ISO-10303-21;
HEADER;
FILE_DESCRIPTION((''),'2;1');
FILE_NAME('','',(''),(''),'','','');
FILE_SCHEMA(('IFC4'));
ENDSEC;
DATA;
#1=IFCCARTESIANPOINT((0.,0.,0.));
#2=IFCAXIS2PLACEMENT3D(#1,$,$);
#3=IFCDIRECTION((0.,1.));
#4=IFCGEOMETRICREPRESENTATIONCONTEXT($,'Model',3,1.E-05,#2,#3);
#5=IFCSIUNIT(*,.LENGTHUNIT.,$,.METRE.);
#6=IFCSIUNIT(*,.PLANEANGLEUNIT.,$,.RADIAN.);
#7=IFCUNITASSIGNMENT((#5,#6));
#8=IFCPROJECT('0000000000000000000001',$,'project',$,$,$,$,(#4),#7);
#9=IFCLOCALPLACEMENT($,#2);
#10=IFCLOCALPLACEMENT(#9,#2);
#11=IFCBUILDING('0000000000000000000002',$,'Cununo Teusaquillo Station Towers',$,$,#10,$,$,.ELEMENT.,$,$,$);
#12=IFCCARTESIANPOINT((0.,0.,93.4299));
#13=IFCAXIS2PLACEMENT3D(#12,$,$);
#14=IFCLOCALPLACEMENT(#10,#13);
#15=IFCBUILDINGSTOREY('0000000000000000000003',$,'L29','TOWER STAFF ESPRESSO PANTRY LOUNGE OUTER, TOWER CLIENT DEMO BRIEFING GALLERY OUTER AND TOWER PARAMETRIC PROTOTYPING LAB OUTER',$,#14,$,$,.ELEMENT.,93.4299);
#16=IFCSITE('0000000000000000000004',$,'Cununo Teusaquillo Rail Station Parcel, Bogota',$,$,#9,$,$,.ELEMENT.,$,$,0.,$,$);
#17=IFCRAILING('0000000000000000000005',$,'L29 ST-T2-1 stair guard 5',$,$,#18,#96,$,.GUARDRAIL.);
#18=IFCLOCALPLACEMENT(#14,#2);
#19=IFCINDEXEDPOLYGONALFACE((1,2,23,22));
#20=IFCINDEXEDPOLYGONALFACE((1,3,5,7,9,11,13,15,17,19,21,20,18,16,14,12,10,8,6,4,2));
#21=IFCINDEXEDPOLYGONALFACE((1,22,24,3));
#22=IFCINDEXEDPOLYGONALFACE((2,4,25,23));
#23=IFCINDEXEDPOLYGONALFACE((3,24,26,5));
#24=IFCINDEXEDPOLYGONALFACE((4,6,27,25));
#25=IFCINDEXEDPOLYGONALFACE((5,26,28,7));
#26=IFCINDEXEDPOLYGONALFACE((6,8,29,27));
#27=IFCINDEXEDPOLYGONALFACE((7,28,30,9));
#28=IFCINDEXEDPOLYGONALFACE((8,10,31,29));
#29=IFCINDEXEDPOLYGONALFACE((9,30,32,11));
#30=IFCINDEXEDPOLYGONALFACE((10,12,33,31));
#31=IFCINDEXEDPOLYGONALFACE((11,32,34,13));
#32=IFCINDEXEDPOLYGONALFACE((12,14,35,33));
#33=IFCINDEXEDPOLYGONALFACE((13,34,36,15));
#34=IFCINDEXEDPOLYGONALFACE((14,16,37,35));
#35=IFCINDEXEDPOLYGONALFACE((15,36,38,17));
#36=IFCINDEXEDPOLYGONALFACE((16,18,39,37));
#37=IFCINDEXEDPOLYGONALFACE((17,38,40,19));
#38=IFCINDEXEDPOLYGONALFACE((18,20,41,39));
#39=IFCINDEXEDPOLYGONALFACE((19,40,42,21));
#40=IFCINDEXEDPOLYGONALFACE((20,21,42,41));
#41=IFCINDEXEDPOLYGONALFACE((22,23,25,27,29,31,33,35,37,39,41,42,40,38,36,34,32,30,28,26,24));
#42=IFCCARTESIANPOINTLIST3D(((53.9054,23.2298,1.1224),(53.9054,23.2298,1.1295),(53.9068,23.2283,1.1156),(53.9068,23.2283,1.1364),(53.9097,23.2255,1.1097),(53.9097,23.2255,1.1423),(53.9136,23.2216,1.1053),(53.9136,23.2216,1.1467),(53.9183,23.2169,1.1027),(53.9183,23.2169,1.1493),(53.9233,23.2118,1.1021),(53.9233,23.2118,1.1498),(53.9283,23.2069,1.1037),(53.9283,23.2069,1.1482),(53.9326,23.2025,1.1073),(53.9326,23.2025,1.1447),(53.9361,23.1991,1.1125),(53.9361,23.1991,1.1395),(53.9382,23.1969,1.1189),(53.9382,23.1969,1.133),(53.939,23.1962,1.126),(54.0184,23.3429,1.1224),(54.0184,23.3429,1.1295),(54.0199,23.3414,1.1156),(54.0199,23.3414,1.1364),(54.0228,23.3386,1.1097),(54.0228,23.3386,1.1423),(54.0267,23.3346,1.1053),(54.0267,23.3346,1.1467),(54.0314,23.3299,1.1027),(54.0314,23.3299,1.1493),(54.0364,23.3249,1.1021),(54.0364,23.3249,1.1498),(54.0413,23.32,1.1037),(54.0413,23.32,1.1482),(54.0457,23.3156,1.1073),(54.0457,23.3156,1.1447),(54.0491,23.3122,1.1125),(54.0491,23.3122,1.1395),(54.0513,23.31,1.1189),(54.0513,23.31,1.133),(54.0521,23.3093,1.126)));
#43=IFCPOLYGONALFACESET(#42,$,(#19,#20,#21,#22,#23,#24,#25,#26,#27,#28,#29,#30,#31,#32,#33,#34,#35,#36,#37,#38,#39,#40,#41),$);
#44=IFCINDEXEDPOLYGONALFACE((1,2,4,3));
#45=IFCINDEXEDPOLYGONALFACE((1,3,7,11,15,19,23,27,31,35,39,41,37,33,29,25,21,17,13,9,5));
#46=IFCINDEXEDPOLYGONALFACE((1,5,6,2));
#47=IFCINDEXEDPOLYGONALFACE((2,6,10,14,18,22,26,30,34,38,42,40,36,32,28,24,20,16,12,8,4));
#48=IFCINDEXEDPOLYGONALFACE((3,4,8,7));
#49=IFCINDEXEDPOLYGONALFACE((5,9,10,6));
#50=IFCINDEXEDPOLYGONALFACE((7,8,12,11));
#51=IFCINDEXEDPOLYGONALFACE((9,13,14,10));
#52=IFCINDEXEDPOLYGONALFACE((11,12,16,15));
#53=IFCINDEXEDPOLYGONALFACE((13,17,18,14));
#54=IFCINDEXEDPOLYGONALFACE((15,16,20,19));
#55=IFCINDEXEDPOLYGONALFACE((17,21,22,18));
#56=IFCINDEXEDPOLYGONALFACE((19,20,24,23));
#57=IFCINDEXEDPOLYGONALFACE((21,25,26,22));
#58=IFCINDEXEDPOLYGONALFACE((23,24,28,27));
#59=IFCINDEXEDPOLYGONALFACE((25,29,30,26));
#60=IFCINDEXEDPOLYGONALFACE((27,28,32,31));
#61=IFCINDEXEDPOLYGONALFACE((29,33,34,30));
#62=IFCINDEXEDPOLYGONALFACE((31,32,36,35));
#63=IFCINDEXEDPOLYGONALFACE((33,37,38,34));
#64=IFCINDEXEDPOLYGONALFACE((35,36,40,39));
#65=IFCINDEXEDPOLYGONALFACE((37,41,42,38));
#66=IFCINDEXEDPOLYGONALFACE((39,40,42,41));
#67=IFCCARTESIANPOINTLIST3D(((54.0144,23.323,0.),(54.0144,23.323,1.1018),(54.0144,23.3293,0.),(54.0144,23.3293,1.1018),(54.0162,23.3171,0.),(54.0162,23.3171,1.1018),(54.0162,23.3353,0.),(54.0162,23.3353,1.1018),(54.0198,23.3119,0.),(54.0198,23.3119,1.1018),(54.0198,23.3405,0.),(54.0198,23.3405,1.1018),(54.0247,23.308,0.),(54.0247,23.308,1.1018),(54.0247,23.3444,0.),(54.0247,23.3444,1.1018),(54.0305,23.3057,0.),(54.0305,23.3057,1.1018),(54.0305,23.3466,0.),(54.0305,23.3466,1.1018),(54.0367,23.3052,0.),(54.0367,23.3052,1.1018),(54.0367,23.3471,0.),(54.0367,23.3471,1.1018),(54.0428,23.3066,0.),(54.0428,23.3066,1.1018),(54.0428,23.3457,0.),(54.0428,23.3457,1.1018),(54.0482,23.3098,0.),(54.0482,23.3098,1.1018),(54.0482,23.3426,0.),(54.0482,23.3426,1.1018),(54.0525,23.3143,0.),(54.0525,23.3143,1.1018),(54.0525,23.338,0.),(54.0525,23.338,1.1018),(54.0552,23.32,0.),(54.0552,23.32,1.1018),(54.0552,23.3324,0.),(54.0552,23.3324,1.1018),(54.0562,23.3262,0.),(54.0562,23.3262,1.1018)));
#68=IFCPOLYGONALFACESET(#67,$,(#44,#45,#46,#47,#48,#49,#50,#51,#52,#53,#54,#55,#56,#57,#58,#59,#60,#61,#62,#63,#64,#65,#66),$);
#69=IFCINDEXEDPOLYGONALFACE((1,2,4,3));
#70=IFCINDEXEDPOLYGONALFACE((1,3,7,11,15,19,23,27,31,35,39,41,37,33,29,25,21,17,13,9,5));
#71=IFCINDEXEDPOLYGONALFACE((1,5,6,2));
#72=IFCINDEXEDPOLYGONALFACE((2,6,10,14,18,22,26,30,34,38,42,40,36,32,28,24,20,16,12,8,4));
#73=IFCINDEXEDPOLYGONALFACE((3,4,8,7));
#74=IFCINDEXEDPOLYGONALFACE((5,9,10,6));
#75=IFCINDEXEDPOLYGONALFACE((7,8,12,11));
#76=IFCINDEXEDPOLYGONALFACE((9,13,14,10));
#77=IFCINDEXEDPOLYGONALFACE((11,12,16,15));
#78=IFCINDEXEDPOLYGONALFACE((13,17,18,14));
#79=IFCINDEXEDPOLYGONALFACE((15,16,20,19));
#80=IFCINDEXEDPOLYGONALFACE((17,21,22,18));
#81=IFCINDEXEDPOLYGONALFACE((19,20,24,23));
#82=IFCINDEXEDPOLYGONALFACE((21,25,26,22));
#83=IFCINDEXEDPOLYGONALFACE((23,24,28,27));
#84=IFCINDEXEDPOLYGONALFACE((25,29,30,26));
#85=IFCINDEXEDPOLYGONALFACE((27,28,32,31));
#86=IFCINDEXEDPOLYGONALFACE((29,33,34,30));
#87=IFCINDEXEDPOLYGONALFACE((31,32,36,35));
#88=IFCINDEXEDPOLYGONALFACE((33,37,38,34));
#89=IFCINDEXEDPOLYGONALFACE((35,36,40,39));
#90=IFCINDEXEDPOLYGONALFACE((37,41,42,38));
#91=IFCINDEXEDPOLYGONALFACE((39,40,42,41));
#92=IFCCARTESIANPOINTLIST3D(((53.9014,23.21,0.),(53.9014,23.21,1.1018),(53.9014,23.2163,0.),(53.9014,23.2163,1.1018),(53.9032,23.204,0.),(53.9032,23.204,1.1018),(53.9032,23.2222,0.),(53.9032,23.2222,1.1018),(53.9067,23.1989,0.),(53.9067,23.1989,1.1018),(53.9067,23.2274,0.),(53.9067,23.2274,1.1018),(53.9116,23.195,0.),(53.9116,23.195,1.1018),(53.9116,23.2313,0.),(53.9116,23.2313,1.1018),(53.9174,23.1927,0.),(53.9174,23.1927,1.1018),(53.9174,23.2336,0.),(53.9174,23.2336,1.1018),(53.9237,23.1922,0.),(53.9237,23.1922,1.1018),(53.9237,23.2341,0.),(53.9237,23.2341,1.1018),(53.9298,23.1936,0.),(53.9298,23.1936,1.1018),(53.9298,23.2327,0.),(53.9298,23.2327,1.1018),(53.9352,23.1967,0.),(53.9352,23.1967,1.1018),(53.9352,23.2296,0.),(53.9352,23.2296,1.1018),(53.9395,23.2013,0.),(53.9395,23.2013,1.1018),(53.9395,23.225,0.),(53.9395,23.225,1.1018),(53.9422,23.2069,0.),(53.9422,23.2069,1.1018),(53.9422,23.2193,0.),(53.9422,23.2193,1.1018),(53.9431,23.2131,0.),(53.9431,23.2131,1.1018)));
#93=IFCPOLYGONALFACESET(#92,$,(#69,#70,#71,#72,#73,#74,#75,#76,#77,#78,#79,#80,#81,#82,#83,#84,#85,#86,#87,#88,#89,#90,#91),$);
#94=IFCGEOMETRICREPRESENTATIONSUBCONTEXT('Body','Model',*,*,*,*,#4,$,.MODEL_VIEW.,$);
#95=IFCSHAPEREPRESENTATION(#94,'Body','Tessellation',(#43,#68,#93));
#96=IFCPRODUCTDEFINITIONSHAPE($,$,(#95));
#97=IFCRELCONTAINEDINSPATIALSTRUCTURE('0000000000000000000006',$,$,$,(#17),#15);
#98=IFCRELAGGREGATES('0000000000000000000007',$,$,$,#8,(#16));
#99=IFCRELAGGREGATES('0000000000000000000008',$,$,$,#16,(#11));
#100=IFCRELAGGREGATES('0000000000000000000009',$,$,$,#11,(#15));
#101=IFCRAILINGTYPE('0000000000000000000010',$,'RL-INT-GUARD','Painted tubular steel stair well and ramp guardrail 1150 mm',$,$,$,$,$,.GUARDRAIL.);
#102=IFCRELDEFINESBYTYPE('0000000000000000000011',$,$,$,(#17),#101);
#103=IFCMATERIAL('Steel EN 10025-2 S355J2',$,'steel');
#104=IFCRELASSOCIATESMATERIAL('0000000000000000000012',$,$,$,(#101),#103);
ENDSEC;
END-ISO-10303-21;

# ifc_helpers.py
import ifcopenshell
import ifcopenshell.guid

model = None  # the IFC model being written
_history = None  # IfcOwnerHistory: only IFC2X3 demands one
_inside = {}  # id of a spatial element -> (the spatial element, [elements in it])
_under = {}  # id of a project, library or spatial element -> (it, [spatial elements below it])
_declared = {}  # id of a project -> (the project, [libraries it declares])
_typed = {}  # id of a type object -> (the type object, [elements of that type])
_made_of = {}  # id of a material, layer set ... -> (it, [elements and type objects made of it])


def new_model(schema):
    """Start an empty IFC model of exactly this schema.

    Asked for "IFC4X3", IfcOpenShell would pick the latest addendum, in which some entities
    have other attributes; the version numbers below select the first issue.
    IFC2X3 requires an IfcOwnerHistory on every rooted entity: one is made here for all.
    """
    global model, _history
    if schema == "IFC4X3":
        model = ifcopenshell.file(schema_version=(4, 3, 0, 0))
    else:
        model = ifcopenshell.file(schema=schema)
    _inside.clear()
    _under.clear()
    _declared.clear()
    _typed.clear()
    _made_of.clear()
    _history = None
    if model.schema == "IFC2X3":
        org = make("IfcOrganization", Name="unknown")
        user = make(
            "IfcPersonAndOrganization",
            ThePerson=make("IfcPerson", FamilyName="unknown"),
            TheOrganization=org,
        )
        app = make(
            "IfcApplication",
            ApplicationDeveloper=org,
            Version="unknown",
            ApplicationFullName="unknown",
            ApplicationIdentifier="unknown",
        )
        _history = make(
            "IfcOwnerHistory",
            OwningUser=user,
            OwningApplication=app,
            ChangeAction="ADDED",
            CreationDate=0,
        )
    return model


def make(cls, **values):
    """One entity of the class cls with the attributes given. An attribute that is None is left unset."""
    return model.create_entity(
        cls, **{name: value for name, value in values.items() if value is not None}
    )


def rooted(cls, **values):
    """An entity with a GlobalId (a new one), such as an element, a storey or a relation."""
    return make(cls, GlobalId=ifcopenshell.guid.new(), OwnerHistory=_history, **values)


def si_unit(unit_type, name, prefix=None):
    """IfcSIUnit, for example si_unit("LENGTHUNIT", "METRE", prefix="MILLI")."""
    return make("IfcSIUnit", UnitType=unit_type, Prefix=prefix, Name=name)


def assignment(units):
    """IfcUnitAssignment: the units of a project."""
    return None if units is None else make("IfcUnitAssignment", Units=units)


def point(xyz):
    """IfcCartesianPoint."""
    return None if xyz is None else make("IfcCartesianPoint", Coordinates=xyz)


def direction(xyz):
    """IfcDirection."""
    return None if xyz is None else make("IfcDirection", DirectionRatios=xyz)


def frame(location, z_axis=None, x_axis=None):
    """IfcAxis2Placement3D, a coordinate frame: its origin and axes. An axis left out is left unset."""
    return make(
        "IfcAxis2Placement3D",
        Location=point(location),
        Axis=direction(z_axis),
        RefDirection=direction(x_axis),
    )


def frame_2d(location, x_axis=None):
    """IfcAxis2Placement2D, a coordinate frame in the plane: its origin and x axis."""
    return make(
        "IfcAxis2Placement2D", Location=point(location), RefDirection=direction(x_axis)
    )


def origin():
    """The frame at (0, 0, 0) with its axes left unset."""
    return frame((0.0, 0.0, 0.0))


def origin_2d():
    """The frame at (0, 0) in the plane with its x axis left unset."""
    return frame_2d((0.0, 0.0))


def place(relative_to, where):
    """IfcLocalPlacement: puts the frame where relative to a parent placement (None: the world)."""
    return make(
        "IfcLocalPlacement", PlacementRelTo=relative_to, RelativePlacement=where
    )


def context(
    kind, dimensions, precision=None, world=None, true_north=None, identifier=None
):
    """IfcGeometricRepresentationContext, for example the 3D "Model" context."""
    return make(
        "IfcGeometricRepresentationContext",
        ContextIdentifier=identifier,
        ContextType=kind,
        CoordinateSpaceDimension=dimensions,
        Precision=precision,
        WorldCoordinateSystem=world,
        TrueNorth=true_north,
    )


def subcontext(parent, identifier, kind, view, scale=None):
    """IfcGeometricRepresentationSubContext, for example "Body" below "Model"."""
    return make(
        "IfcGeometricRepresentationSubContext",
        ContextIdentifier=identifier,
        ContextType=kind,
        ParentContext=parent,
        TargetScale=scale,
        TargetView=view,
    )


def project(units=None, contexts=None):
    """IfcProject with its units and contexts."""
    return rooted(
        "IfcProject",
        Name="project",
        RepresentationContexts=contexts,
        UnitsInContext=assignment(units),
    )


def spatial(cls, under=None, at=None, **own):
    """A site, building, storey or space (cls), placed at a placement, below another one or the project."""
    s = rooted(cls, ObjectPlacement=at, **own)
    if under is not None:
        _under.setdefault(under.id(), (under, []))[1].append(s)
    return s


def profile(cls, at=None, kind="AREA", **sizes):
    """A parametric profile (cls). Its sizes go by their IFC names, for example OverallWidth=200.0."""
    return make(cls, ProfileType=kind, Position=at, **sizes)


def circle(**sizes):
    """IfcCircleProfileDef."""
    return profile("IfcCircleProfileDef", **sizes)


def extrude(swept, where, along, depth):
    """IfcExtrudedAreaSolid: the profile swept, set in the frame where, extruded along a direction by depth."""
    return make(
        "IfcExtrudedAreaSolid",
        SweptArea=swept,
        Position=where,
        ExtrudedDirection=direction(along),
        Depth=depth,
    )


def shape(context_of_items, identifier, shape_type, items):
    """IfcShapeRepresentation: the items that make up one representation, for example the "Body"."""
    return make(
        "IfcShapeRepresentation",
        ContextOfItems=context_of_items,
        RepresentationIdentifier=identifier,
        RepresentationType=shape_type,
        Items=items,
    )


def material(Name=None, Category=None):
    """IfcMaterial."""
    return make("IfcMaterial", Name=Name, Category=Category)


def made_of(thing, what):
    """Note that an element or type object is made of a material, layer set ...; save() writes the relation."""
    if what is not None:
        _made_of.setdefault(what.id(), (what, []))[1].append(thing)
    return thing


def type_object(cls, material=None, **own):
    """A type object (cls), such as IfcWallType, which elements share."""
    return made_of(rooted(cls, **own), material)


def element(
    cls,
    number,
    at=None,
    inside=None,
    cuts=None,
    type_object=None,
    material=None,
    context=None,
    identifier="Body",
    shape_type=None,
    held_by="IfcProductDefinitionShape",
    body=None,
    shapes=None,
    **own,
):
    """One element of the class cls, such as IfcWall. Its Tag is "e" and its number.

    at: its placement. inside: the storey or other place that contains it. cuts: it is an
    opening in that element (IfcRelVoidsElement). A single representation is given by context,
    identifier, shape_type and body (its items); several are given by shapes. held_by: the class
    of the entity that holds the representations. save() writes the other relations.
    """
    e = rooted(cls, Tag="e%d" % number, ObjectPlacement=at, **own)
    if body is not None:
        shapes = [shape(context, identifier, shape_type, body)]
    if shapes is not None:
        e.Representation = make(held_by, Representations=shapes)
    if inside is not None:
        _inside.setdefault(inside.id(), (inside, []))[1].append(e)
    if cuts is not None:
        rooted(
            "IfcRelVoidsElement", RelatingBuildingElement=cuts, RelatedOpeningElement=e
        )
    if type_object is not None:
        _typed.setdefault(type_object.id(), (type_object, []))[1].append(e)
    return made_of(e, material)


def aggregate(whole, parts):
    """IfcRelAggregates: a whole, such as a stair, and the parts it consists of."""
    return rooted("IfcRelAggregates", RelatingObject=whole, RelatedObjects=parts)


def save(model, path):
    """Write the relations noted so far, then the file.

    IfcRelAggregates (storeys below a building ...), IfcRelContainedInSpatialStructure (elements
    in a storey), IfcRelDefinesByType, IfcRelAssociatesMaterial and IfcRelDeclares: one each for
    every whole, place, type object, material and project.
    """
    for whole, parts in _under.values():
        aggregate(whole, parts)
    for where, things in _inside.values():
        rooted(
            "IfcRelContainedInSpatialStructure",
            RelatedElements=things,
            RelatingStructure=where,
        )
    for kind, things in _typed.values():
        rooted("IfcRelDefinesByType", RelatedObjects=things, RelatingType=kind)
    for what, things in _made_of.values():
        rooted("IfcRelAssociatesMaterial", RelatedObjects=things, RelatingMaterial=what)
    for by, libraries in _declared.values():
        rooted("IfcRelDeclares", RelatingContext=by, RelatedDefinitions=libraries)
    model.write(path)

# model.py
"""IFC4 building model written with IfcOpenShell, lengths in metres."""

from ifc_helpers import new_model, si_unit, direction, frame, origin, origin_2d, place, context, subcontext, project, spatial, circle, extrude, material, type_object, element, save


model = new_model("IFC4")

# Units and contexts
model_context = context("Model", 3, precision=1e-05, world=origin(), true_north=direction((0.0, 1.0)))
body_context = subcontext(model_context, "Body", "Model", "MODEL_VIEW")
ifc_project = project(units=[si_unit("LENGTHUNIT", "METRE"), si_unit("PLANEANGLEUNIT", "RADIAN")], contexts=[model_context])

# Site, building, storey
site_placement = place(None, origin())
site = spatial("IfcSite", under=ifc_project, at=site_placement, Name="Cununo Teusaquillo Rail Station Parcel, Bogota", CompositionType="ELEMENT", RefElevation=0.0)
building_placement = place(site_placement, origin())
building = spatial("IfcBuilding", under=site, at=building_placement, Name="Cununo Teusaquillo Station Towers", CompositionType="ELEMENT")
storey_placement = place(building_placement, frame((0.0, 0.0, 93.4299)))
storey = spatial("IfcBuildingStorey", under=building, at=storey_placement, Name="L29", Description="TOWER STAFF ESPRESSO PANTRY LOUNGE OUTER, TOWER CLIENT DEMO BRIEFING GALLERY OUTER AND TOWER PARAMETRIC PROTOTYPING LAB OUTER", CompositionType="ELEMENT", Elevation=93.4299)

# Railing
ifc_material_1 = material(Name="Steel EN 10025-2 S355J2", Category="steel")
railing_type_1 = type_object("IfcRailingType", Name="RL-INT-GUARD", Description="Painted tubular steel stair well and ramp guardrail 1150 mm", PredefinedType="GUARDRAIL", material=ifc_material_1)
railing_1_placement = place(storey_placement, frame((54.0352, 23.3262, 0.0)))
element("IfcRailing", 1, at=railing_1_placement, inside=storey, type_object=railing_type_1, Name="L29 ST-T2-1 stair guard 5", PredefinedType="GUARDRAIL", context=body_context, shape_type="SweptSolid", body=[
    extrude(circle(Radius=0.0239, at=origin_2d()), frame((0.0, 0.0, 1.126), z_axis=(-0.707107, -0.707107, 0.0), x_axis=(0.707107, -0.707107, 0.0)), (0.0, 0.0, 1.0), 0.1599),
    extrude(circle(Radius=0.021, at=origin_2d()), origin(), (0.0, 0.0, 1.0), 1.1018),
    extrude(circle(Radius=0.021, at=origin_2d()), frame((-0.113, -0.113, 0.0)), (0.0, 0.0, 1.0), 1.1018),
])

save(model, "model.ifc")
